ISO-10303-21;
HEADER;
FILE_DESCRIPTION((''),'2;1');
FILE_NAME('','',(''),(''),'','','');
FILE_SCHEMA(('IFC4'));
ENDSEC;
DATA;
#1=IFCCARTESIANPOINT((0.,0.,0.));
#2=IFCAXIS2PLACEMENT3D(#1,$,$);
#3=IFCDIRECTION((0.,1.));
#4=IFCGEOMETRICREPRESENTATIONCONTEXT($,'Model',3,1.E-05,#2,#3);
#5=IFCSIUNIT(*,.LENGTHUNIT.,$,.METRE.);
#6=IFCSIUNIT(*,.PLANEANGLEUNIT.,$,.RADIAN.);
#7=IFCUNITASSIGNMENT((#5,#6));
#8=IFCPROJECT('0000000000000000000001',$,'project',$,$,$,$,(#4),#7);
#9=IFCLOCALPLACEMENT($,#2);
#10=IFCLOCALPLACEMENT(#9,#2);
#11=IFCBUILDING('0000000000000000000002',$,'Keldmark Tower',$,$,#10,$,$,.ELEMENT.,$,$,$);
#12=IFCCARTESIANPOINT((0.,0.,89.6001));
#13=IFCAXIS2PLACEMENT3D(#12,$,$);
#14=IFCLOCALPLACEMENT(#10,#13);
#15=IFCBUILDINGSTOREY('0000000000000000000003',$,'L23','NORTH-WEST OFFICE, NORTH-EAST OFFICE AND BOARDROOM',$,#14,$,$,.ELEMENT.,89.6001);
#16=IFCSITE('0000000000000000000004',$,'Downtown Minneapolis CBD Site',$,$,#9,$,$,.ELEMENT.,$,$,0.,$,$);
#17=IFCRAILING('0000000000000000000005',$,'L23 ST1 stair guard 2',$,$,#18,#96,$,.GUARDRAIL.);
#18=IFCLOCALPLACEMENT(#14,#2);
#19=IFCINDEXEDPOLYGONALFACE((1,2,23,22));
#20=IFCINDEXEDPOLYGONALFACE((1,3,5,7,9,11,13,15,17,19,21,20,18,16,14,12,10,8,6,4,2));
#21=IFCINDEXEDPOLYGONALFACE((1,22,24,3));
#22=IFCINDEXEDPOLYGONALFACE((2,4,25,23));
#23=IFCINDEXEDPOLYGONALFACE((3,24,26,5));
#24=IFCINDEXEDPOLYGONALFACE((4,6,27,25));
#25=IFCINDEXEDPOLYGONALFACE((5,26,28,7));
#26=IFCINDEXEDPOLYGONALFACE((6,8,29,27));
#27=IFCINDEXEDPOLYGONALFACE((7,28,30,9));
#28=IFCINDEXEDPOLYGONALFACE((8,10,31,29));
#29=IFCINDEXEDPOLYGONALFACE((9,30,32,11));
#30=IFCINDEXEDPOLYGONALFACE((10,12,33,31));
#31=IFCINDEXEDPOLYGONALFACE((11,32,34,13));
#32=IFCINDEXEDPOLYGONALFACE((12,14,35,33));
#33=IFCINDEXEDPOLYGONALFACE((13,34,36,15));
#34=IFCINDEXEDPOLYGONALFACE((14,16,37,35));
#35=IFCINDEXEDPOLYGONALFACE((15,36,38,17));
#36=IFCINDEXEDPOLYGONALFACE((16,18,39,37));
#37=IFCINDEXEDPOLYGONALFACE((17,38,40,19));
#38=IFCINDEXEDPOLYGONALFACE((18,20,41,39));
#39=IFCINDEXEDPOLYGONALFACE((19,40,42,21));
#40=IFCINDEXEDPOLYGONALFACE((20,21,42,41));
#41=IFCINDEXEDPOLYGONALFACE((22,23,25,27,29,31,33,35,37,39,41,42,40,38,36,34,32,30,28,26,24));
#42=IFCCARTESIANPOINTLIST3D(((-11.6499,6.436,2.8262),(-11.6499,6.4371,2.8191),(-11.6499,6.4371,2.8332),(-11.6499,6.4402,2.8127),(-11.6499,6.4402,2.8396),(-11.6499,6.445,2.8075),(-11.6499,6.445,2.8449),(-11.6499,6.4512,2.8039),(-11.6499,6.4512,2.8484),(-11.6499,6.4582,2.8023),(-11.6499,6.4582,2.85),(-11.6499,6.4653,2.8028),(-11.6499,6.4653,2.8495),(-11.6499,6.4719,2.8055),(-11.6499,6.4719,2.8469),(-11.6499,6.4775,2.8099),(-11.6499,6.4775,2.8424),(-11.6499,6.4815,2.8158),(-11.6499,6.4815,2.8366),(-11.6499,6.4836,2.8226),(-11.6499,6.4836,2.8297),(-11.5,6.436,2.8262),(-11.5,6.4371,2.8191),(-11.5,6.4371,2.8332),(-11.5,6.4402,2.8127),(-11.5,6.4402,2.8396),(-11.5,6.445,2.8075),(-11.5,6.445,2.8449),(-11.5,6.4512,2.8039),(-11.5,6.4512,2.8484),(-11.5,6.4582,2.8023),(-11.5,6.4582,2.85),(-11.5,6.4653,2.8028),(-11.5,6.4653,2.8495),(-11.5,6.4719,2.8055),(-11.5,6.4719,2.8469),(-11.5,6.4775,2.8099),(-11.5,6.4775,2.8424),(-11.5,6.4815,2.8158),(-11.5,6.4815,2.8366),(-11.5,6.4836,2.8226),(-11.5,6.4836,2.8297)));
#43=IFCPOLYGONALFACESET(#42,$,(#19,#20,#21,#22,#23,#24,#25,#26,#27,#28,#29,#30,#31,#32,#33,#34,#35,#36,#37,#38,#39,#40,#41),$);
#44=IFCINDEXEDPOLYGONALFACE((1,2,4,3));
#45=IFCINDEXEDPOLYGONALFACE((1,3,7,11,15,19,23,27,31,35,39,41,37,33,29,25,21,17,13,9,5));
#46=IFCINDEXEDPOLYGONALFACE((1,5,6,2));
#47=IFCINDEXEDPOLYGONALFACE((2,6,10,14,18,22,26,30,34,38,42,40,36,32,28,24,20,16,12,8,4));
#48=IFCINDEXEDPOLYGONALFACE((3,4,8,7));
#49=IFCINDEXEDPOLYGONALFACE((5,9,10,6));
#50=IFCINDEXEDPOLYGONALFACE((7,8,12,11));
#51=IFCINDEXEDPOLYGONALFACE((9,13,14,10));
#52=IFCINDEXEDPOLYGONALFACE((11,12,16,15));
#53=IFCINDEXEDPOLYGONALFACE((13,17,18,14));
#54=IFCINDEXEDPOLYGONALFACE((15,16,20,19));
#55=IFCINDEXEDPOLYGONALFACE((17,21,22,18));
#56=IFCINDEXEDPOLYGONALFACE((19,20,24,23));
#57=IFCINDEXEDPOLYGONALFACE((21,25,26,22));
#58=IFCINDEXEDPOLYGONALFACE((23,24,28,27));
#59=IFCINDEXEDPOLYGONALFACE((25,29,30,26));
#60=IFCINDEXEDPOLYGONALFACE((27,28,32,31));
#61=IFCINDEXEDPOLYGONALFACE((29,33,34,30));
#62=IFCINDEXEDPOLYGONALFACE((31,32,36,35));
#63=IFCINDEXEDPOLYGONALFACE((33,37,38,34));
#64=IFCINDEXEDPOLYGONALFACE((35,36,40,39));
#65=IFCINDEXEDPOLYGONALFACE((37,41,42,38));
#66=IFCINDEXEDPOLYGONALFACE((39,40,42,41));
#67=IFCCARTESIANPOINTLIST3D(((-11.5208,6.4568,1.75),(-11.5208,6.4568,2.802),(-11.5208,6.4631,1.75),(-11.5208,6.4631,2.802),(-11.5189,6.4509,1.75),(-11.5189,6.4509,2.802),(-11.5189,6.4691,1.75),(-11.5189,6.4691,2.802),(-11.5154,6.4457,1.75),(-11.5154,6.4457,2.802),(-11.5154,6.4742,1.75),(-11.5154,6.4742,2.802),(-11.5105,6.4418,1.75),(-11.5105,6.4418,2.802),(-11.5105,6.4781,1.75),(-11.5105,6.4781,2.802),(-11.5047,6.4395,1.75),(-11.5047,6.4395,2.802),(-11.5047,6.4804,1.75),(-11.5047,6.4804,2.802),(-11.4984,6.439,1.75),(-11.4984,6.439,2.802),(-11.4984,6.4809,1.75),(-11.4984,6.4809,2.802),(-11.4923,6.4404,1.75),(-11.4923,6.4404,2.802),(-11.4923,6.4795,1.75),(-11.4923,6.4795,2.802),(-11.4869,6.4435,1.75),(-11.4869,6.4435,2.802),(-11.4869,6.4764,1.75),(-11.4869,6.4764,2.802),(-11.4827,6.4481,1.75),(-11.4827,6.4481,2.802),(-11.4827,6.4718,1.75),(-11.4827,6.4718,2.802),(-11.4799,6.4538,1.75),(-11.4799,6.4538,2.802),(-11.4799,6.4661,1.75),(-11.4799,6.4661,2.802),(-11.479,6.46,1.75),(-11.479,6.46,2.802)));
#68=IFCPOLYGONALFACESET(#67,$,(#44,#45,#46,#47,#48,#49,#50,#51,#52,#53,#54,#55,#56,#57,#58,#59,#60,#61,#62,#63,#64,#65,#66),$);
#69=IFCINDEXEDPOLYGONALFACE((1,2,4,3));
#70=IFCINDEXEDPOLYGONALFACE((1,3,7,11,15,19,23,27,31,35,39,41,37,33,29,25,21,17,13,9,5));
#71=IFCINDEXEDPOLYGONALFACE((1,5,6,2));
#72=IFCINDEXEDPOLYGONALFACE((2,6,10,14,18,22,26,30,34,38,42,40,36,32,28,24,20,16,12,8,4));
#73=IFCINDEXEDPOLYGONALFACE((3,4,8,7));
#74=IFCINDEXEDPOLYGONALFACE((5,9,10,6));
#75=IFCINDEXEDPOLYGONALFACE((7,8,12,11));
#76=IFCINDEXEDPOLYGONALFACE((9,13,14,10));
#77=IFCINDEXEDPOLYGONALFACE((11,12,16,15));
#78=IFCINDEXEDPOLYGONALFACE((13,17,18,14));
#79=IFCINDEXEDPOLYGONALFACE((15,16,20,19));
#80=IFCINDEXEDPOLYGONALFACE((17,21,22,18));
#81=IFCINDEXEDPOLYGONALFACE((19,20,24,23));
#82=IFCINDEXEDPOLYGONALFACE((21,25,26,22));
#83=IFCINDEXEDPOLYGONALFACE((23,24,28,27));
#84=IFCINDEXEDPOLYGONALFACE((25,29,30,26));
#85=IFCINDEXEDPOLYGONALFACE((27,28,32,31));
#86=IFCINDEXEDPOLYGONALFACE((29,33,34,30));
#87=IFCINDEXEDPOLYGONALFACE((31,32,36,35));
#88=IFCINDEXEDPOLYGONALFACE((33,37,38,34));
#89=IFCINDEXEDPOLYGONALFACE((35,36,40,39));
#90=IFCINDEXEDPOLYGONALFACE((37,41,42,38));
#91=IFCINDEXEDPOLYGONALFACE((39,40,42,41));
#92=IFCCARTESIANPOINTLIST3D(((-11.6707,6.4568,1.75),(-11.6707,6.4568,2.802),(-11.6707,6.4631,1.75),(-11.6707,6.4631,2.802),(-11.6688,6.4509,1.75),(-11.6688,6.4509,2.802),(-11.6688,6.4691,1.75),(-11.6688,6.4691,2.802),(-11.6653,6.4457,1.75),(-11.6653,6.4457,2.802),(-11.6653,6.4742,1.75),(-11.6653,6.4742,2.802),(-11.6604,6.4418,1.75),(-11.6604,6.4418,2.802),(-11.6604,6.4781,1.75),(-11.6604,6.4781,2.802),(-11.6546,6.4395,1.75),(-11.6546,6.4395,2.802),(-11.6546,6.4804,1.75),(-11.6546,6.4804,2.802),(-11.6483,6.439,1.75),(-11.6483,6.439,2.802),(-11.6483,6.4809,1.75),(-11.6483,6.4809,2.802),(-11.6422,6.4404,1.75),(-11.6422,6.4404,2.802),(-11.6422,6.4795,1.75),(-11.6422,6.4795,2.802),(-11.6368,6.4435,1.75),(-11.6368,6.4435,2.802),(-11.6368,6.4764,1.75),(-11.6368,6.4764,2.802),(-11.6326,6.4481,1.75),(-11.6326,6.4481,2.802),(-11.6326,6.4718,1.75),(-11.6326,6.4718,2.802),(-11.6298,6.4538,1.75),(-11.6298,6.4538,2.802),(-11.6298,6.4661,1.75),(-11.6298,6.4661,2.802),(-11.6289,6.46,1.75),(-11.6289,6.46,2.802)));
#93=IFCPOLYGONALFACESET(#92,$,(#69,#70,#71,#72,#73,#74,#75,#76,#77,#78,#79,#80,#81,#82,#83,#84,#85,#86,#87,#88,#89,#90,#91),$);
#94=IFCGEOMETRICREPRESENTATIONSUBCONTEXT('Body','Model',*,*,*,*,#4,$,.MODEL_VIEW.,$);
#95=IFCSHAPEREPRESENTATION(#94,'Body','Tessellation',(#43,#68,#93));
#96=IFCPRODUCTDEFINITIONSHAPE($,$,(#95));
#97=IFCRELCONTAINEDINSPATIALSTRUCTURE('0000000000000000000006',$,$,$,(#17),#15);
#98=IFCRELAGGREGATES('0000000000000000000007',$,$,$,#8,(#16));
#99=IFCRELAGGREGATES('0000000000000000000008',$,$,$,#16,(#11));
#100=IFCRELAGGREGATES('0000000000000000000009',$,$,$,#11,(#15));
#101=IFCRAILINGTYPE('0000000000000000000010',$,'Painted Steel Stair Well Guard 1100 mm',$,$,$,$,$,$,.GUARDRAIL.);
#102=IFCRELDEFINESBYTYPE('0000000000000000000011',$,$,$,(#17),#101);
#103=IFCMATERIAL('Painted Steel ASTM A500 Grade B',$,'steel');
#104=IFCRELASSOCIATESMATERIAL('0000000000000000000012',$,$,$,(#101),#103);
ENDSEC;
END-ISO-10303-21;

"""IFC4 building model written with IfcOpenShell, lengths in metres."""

from ifc_helpers import new_model, si_unit, direction, frame, origin, origin_2d, place, context, subcontext, project, spatial, circle, extrude, material, type_object, element, save


model = new_model("IFC4")

# Units and contexts
model_context = context("Model", 3, precision=1e-05, world=origin(), true_north=direction((0.0, 1.0)))
body_context = subcontext(model_context, "Body", "Model", "MODEL_VIEW")
ifc_project = project(units=[si_unit("LENGTHUNIT", "METRE"), si_unit("PLANEANGLEUNIT", "RADIAN")], contexts=[model_context])

# Site, building, storey
site_placement = place(None, origin())
site = spatial("IfcSite", under=ifc_project, at=site_placement, Name="Downtown Minneapolis CBD Site", CompositionType="ELEMENT", RefElevation=0.0)
building_placement = place(site_placement, origin())
building = spatial("IfcBuilding", under=site, at=building_placement, Name="Keldmark Tower", CompositionType="ELEMENT")
storey_placement = place(building_placement, frame((0.0, 0.0, 89.6001)))
storey = spatial("IfcBuildingStorey", under=building, at=storey_placement, Name="L23", Description="NORTH-WEST OFFICE, NORTH-EAST OFFICE AND BOARDROOM", CompositionType="ELEMENT", Elevation=89.6001)

# Railing
ifc_material_1 = material(Name="Painted Steel ASTM A500 Grade B", Category="steel")
railing_type_1 = type_object("IfcRailingType", Name="Painted Steel Stair Well Guard 1100 mm", PredefinedType="GUARDRAIL", material=ifc_material_1)
railing_1_placement = place(storey_placement, frame((-11.5, 6.46, 1.75)))
element("IfcRailing", 1, at=railing_1_placement, inside=storey, type_object=railing_type_1, Name="L23 ST1 stair guard 2", PredefinedType="GUARDRAIL", context=body_context, shape_type="SweptSolid", body=[
    extrude(circle(Radius=0.0239, at=origin_2d()), frame((0.0, 0.0, 1.0762), z_axis=(-1.0, 0.0, 0.0), x_axis=(0.0, -1.0, 0.0)), (0.0, 0.0, 1.0), 0.1499),
    extrude(circle(Radius=0.021, at=origin_2d()), origin(), (0.0, 0.0, 1.0), 1.052),
    extrude(circle(Radius=0.021, at=origin_2d()), frame((-0.1499, 0.0, 0.0)), (0.0, 0.0, 1.0), 1.052),
])

save(model, "model.ifc")
